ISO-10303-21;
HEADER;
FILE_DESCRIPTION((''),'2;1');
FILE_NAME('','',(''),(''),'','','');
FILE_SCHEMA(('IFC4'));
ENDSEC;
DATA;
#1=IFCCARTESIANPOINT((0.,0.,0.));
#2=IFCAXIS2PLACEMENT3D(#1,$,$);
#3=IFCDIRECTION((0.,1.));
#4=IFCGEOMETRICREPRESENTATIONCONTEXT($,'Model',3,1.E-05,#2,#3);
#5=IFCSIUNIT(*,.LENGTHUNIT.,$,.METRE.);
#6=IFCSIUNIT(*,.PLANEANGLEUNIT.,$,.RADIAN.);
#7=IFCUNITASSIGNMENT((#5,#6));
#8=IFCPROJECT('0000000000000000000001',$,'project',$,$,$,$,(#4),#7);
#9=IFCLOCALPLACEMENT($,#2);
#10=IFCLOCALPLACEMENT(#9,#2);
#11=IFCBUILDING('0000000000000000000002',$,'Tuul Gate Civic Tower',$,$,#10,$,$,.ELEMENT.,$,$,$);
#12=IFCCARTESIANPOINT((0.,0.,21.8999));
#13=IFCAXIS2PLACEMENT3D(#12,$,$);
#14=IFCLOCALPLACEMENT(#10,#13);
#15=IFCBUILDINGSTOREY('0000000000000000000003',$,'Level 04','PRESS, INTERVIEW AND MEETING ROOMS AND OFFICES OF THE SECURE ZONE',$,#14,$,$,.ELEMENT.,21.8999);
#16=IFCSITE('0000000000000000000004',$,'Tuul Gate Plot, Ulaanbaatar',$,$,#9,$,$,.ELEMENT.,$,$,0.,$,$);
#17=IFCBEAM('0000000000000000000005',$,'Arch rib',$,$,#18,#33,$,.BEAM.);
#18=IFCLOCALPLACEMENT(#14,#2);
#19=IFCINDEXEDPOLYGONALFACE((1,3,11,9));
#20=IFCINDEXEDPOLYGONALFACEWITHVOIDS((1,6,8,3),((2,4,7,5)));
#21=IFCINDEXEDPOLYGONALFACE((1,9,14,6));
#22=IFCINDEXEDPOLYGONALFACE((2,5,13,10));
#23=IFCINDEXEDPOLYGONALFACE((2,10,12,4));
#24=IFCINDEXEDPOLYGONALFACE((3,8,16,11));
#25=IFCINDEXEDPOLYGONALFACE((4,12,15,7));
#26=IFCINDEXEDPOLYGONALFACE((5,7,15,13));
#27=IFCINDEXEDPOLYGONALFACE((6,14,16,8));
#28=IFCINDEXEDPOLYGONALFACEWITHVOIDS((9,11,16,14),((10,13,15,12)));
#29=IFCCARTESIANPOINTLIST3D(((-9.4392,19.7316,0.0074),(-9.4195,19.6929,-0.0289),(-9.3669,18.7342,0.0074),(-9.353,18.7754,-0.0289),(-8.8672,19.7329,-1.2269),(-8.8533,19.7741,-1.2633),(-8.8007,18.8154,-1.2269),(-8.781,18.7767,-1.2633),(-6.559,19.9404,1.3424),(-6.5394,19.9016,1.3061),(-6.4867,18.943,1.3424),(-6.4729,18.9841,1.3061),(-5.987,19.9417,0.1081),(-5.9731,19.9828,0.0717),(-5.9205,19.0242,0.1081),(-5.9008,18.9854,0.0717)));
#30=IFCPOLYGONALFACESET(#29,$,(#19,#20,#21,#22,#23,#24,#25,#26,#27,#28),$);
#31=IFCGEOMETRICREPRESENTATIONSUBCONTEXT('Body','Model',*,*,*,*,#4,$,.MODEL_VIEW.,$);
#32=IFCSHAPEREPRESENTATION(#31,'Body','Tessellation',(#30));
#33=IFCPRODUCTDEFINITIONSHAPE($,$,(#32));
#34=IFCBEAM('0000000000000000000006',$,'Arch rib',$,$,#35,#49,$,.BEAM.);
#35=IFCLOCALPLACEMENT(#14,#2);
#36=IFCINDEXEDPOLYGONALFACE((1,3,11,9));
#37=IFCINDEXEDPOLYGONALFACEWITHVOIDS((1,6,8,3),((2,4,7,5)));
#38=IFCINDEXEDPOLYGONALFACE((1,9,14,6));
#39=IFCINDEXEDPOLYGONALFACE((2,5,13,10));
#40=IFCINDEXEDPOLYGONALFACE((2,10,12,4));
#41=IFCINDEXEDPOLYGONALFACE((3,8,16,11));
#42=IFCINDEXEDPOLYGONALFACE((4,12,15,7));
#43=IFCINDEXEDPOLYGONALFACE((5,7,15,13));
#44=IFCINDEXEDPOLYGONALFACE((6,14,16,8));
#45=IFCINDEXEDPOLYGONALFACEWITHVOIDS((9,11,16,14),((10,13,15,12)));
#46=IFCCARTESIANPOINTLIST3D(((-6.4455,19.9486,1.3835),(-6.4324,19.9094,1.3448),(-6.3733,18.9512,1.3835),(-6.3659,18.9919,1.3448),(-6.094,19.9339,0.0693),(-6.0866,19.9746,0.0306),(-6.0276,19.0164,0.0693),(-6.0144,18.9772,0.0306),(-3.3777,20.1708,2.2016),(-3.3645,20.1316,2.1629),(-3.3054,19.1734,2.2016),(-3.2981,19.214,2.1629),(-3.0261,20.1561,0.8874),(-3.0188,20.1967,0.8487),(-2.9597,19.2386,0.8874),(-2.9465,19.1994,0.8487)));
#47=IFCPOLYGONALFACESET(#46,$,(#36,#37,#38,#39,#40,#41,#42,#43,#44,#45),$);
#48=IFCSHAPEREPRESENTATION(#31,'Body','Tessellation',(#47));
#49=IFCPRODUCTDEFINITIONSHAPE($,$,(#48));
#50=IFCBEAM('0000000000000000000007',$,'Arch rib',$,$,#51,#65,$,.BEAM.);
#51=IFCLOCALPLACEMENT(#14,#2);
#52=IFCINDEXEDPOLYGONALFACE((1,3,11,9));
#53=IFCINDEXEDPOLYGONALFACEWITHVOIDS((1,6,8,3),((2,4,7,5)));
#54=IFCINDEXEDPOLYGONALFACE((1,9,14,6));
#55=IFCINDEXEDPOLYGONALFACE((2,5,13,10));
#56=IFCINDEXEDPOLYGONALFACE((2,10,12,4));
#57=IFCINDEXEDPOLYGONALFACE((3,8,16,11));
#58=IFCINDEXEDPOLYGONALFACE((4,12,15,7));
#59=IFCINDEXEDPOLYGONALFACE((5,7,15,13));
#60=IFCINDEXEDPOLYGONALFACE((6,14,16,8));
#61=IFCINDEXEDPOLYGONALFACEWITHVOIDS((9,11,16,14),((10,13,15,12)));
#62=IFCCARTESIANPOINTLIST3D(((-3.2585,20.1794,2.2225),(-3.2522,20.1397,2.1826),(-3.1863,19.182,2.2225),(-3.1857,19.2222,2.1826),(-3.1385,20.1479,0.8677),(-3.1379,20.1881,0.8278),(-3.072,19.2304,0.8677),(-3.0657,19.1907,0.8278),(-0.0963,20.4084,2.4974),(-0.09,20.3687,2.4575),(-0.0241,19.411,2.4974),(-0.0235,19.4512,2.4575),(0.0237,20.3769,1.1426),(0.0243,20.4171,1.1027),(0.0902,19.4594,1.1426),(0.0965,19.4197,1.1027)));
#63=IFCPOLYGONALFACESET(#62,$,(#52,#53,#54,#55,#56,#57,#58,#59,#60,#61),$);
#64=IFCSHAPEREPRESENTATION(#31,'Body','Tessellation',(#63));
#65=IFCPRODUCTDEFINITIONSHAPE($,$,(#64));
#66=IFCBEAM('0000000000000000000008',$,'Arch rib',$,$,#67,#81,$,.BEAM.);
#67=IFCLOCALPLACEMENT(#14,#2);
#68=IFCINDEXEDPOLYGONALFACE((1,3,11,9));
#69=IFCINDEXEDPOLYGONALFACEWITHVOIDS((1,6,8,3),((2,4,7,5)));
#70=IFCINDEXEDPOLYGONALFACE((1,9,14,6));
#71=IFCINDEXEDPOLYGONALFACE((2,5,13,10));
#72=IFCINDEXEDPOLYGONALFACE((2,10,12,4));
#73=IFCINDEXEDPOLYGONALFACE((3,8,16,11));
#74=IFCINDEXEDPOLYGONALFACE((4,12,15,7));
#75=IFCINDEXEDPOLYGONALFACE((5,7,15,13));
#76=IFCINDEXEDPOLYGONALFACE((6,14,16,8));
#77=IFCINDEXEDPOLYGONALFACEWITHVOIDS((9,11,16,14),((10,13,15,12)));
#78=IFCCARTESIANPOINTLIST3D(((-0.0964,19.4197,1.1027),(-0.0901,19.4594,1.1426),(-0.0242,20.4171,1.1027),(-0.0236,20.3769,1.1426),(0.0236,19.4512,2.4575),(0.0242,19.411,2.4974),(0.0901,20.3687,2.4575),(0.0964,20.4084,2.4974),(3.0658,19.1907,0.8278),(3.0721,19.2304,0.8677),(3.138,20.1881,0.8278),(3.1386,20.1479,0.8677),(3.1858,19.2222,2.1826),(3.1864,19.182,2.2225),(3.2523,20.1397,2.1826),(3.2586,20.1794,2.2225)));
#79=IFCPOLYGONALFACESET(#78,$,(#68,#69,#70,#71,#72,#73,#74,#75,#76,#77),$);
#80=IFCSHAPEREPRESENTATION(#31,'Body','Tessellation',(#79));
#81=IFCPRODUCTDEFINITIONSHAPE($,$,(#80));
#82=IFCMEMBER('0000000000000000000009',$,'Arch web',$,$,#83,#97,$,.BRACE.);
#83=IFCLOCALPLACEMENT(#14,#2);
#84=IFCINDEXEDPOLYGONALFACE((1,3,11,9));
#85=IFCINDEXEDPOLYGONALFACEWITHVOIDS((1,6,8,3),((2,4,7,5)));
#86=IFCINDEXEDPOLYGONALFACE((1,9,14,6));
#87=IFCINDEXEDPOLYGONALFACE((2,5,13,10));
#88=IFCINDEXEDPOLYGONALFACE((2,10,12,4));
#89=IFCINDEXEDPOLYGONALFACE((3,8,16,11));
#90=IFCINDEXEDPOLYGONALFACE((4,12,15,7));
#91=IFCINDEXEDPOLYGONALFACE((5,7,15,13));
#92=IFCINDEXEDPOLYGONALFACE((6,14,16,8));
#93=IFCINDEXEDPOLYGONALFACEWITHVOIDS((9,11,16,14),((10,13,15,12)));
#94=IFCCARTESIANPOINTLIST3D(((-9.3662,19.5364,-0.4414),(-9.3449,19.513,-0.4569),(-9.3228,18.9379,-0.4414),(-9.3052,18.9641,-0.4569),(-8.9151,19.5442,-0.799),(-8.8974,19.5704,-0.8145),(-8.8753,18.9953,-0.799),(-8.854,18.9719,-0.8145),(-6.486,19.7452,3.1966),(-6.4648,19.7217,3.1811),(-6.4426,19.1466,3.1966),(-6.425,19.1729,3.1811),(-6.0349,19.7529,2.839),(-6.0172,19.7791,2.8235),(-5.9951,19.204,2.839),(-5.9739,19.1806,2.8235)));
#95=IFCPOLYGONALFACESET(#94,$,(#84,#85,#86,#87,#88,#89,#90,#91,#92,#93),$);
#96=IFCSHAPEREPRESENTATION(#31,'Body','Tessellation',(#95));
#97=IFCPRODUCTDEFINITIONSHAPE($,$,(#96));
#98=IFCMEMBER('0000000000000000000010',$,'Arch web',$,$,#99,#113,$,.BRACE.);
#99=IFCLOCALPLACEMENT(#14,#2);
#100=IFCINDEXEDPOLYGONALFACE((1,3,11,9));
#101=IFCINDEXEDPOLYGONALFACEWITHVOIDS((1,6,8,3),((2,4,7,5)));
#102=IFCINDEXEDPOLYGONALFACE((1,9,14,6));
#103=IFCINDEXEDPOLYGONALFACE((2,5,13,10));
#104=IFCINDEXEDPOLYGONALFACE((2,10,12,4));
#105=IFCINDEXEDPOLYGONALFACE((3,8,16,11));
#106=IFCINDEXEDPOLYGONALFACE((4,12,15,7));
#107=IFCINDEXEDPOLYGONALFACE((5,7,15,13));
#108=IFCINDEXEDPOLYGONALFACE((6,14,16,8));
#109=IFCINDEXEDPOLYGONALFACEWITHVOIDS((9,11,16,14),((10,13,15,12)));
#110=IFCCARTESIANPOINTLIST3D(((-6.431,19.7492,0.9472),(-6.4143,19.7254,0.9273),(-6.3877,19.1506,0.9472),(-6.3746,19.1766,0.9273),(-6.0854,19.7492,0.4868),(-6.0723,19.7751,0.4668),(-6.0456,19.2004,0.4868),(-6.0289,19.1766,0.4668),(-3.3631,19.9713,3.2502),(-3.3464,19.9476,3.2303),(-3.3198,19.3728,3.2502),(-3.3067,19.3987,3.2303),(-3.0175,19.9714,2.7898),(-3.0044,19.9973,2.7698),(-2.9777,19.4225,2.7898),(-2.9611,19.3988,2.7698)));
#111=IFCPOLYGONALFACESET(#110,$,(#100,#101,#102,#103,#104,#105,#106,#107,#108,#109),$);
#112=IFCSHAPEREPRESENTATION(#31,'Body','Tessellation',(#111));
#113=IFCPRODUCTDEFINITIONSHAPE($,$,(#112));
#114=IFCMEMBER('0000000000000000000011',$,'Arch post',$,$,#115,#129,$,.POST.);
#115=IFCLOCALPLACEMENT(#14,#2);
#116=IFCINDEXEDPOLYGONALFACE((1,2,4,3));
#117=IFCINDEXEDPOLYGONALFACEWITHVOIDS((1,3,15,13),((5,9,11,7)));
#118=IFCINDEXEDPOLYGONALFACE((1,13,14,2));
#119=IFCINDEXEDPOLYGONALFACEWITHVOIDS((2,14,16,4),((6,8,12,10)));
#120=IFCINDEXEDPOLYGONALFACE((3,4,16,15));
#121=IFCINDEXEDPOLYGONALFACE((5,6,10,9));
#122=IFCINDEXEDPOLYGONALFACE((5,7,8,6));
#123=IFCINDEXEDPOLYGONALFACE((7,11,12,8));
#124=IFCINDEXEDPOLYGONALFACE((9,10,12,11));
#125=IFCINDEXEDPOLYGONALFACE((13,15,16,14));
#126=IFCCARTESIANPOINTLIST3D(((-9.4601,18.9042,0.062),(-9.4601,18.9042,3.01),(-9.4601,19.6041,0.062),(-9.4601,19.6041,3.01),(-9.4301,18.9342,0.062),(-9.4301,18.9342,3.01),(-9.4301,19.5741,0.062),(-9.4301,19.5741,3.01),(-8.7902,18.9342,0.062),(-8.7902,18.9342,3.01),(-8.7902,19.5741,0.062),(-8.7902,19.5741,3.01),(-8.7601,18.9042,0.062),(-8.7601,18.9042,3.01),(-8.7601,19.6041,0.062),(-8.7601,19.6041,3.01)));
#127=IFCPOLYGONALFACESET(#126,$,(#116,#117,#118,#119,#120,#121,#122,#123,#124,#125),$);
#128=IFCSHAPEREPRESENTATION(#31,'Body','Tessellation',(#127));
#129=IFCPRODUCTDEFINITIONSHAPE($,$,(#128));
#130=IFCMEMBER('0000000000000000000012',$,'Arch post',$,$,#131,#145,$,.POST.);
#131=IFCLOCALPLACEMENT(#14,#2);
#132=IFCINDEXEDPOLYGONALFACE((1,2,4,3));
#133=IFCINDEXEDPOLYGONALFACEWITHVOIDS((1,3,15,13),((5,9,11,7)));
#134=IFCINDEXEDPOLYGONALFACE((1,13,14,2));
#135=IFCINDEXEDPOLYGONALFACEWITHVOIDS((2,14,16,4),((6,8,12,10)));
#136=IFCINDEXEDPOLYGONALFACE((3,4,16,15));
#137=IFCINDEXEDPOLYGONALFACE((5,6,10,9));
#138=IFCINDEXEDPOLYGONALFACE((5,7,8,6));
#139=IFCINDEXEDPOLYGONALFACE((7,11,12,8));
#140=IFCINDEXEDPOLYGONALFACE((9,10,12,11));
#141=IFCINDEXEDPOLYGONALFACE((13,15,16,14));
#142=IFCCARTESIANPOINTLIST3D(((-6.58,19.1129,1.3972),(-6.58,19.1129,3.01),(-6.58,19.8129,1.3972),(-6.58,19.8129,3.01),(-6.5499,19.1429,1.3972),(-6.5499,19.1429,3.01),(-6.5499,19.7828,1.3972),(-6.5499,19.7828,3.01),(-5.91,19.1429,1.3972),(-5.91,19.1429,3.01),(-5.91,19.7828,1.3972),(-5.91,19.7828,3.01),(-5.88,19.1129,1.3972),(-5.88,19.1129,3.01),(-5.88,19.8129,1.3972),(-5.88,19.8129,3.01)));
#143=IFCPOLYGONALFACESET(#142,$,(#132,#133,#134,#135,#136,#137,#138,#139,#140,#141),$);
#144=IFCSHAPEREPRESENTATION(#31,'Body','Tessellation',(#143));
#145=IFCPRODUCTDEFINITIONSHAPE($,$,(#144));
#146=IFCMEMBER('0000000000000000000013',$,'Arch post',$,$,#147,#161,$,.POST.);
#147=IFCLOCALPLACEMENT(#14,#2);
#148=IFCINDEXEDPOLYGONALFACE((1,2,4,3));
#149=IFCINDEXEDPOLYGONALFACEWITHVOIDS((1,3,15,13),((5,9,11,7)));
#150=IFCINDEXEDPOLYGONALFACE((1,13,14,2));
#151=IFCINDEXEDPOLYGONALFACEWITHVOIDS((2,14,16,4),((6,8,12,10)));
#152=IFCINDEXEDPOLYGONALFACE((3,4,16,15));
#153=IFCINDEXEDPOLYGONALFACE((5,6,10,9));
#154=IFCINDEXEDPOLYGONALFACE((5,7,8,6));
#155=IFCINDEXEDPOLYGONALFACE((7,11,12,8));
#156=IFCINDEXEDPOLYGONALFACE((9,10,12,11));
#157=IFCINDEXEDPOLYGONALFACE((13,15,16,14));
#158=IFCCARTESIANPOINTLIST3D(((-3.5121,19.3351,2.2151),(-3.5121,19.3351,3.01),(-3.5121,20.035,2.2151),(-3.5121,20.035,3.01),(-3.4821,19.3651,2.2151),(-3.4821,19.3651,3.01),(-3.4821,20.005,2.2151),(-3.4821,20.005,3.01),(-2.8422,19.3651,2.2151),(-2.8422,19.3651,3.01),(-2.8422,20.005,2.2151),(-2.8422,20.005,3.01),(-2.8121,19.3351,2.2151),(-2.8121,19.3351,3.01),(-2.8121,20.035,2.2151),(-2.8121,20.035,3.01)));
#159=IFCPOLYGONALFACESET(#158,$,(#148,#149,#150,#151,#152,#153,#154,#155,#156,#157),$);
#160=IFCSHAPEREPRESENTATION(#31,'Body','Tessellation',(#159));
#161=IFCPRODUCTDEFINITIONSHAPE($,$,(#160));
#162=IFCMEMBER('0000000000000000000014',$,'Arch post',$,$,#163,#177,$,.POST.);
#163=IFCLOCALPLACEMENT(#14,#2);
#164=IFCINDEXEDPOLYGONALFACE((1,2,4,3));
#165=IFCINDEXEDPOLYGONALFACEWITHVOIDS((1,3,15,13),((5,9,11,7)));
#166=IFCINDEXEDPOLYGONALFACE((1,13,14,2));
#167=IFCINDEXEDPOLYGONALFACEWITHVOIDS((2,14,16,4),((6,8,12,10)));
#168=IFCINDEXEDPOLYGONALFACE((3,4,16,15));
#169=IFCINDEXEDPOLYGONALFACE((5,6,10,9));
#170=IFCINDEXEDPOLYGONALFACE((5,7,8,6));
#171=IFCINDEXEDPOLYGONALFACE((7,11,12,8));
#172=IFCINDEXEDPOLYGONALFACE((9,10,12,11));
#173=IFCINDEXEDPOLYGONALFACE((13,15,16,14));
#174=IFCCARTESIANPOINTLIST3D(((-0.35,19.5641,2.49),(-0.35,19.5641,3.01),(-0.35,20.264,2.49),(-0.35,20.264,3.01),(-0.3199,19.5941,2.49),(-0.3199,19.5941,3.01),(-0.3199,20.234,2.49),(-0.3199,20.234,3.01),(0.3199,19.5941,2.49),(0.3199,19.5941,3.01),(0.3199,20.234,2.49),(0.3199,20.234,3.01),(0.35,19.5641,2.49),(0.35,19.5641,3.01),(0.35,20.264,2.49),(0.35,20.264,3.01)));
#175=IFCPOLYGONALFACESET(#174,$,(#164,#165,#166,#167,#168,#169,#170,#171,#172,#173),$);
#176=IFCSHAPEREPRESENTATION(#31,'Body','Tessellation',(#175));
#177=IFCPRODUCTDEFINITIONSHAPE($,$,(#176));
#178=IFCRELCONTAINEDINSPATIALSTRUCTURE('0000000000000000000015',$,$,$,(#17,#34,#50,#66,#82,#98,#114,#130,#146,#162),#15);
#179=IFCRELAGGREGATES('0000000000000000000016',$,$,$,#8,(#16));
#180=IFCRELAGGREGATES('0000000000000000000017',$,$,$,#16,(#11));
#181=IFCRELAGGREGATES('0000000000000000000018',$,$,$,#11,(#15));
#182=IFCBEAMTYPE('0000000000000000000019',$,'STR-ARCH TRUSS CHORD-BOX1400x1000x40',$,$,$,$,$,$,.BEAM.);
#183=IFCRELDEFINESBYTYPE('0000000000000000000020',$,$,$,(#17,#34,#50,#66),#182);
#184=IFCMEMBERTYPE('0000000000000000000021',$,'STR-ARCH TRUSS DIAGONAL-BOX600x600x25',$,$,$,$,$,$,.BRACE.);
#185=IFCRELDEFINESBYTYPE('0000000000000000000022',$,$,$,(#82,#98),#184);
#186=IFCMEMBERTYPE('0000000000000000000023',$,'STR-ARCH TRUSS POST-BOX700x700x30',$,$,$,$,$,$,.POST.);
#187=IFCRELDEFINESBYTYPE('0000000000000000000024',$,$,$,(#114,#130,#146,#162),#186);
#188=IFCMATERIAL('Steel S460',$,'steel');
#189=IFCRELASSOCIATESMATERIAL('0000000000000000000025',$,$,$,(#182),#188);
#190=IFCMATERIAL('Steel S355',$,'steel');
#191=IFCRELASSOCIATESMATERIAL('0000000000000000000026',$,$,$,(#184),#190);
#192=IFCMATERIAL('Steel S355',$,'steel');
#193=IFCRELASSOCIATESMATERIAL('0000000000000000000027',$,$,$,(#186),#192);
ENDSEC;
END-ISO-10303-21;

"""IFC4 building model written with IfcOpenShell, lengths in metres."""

from ifc_helpers import new_model, si_unit, direction, frame, origin, origin_2d, place, context, subcontext, project, spatial, hollow_rectangle, extrude, material, material_profile, profile_set, type_object, element, save


model = new_model("IFC4")

# Units and contexts
model_context = context("Model", 3, precision=1e-05, world=origin(), true_north=direction((0.0, 1.0)))
body_context = subcontext(model_context, "Body", "Model", "MODEL_VIEW")
ifc_project = project(units=[si_unit("LENGTHUNIT", "METRE"), si_unit("PLANEANGLEUNIT", "RADIAN")], contexts=[model_context])

# Site, building, storey
site_placement = place(None, origin())
site = spatial("IfcSite", under=ifc_project, at=site_placement, Name="Tuul Gate Plot, Ulaanbaatar", CompositionType="ELEMENT", RefElevation=0.0)
building_placement = place(site_placement, origin())
building = spatial("IfcBuilding", under=site, at=building_placement, Name="Tuul Gate Civic Tower", CompositionType="ELEMENT")
storey_placement = place(building_placement, frame((0.0, 0.0, 21.8999)))
storey = spatial("IfcBuildingStorey", under=building, at=storey_placement, Name="Level 04", Description="PRESS, INTERVIEW AND MEETING ROOMS AND OFFICES OF THE SECURE ZONE", CompositionType="ELEMENT", Elevation=21.8999)

# Beams
ifc_material_1 = material(Name="Steel S460", Category="steel")
ifc_material_profile_1 = material_profile(ifc_material_1, hollow_rectangle(XDim=1.0, YDim=1.3999, WallThickness=0.04, at=origin_2d()), Name="BOX1400x1000x40")
ifc_profile_set_1 = profile_set([ifc_material_profile_1], Name="Steel S460")
beam_type_1 = type_object("IfcBeamType", Name="STR-ARCH TRUSS CHORD-BOX1400x1000x40", PredefinedType="BEAM", material=ifc_profile_set_1)
beam_1_placement = place(storey_placement, frame((-9.1101, 19.2542, -0.6279), z_axis=(0.905323, 0.065614, 0.419624), x_axis=(-0.072286, 0.997384, 0.0)))
element("IfcBeam", 1, at=beam_1_placement, inside=storey, type_object=beam_type_1, Name="Arch rib", PredefinedType="BEAM", context=body_context, shape_type="SweptSolid", body=[
    extrude(hollow_rectangle(XDim=1.0, YDim=1.3999, WallThickness=0.04, at=origin_2d()), origin(), (0.0, 0.0, 1.0), 3.1814),
])
beam_2_placement = place(storey_placement, frame((-6.23, 19.4629, 0.707), z_axis=(0.963877, 0.069802, 0.257039), x_axis=(-0.072228, 0.997388, 0.0)))
element("IfcBeam", 2, at=beam_2_placement, inside=storey, type_object=beam_type_1, Name="Arch rib", PredefinedType="BEAM", context=body_context, shape_type="SweptSolid", body=[
    extrude(hollow_rectangle(XDim=1.0, YDim=1.3999, WallThickness=0.04, at=origin_2d()), origin(), (0.0, 0.0, 1.0), 3.1829),
])
for number, where, z_axis, x_axis, name in (
    (3, (-3.1621, 19.6851, 1.5251), (0.993659, 0.071962, 0.086385), (-0.072232, 0.997388, 0.0), "Arch rib"),
    (4, (0.0, 19.9141, 1.8), (0.993659, -0.071962, -0.086385), (0.072232, 0.997388, 0.0), "Arch rib"),
):
    element("IfcBeam", number, at=place(storey_placement, frame(where, z_axis=z_axis, x_axis=x_axis)), inside=storey, type_object=beam_type_1, Name=name, PredefinedType="BEAM", context=body_context, shape_type="SweptSolid", body=[
        extrude(hollow_rectangle(XDim=1.0, YDim=1.3999, WallThickness=0.04, at=origin_2d()), origin(), (0.0, 0.0, 1.0), 3.1824),
    ])

# Members
ifc_material_2 = material(Name="Steel S355", Category="steel")
ifc_material_profile_2 = material_profile(ifc_material_2, hollow_rectangle(XDim=0.6001, YDim=0.6001, WallThickness=0.0249, at=origin_2d()), Name="BOX600x600x25")
ifc_profile_set_2 = profile_set([ifc_material_profile_2], Name="Steel S355")
member_type_1 = type_object("IfcMemberType", Name="STR-ARCH TRUSS DIAGONAL-BOX600x600x25", PredefinedType="BRACE", material=ifc_profile_set_2)
member_1_placement = place(storey_placement, frame((-9.1101, 19.2542, -0.6279), z_axis=(0.620088, 0.044942, 0.783244), x_axis=(-0.072286, 0.997384, 0.0)))
element("IfcMember", 5, at=member_1_placement, inside=storey, type_object=member_type_1, Name="Arch web", PredefinedType="BRACE", context=body_context, shape_type="SweptSolid", body=[
    extrude(hollow_rectangle(XDim=0.6001, YDim=0.6001, WallThickness=0.0249, at=origin_2d()), origin(), (0.0, 0.0, 1.0), 4.6448),
])
member_2_placement = place(storey_placement, frame((-6.23, 19.4629, 0.707), z_axis=(0.798402, 0.057818, 0.599342), x_axis=(-0.072228, 0.997388, 0.0)))
element("IfcMember", 6, at=member_2_placement, inside=storey, type_object=member_type_1, Name="Arch web", PredefinedType="BRACE", context=body_context, shape_type="SweptSolid", body=[
    extrude(hollow_rectangle(XDim=0.6001, YDim=0.6001, WallThickness=0.0249, at=origin_2d()), origin(), (0.0, 0.0, 1.0), 3.8425),
])
ifc_material_3 = material(Name="Steel S355", Category="steel")
ifc_material_profile_3 = material_profile(ifc_material_3, hollow_rectangle(XDim=0.7, YDim=0.7, WallThickness=0.03, at=origin_2d()), Name="BOX700x700x30")
ifc_profile_set_3 = profile_set([ifc_material_profile_3], Name="Steel S355")
member_type_2 = type_object("IfcMemberType", Name="STR-ARCH TRUSS POST-BOX700x700x30", PredefinedType="POST", material=ifc_profile_set_3)
member_3_placement = place(storey_placement, frame((-9.1101, 19.2542, 0.062), z_axis=(0.0, 0.0, 1.0), x_axis=(1.0, 0.0, 0.0)))
element("IfcMember", 7, at=member_3_placement, inside=storey, type_object=member_type_2, Name="Arch post", PredefinedType="POST", context=body_context, shape_type="SweptSolid", body=[
    extrude(hollow_rectangle(XDim=0.7, YDim=0.7, WallThickness=0.03, at=origin_2d()), origin(), (0.0, 0.0, 1.0), 2.948),
])
member_4_placement = place(storey_placement, frame((-6.23, 19.4629, 1.3972), z_axis=(0.0, 0.0, 1.0), x_axis=(1.0, 0.0, 0.0)))
element("IfcMember", 8, at=member_4_placement, inside=storey, type_object=member_type_2, Name="Arch post", PredefinedType="POST", context=body_context, shape_type="SweptSolid", body=[
    extrude(hollow_rectangle(XDim=0.7, YDim=0.7, WallThickness=0.03, at=origin_2d()), origin(), (0.0, 0.0, 1.0), 1.6128),
])
member_5_placement = place(storey_placement, frame((-3.1621, 19.6851, 2.2151), z_axis=(0.0, 0.0, 1.0), x_axis=(1.0, 0.0, 0.0)))
element("IfcMember", 9, at=member_5_placement, inside=storey, type_object=member_type_2, Name="Arch post", PredefinedType="POST", context=body_context, shape_type="SweptSolid", body=[
    extrude(hollow_rectangle(XDim=0.7, YDim=0.7, WallThickness=0.03, at=origin_2d()), origin(), (0.0, 0.0, 1.0), 0.7949),
])
member_6_placement = place(storey_placement, frame((0.0, 19.9141, 2.49), z_axis=(0.0, 0.0, 1.0), x_axis=(1.0, 0.0, 0.0)))
element("IfcMember", 10, at=member_6_placement, inside=storey, type_object=member_type_2, Name="Arch post", PredefinedType="POST", context=body_context, shape_type="SweptSolid", body=[
    extrude(hollow_rectangle(XDim=0.7, YDim=0.7, WallThickness=0.03, at=origin_2d()), origin(), (0.0, 0.0, 1.0), 0.52),
])

save(model, "model.ifc")
